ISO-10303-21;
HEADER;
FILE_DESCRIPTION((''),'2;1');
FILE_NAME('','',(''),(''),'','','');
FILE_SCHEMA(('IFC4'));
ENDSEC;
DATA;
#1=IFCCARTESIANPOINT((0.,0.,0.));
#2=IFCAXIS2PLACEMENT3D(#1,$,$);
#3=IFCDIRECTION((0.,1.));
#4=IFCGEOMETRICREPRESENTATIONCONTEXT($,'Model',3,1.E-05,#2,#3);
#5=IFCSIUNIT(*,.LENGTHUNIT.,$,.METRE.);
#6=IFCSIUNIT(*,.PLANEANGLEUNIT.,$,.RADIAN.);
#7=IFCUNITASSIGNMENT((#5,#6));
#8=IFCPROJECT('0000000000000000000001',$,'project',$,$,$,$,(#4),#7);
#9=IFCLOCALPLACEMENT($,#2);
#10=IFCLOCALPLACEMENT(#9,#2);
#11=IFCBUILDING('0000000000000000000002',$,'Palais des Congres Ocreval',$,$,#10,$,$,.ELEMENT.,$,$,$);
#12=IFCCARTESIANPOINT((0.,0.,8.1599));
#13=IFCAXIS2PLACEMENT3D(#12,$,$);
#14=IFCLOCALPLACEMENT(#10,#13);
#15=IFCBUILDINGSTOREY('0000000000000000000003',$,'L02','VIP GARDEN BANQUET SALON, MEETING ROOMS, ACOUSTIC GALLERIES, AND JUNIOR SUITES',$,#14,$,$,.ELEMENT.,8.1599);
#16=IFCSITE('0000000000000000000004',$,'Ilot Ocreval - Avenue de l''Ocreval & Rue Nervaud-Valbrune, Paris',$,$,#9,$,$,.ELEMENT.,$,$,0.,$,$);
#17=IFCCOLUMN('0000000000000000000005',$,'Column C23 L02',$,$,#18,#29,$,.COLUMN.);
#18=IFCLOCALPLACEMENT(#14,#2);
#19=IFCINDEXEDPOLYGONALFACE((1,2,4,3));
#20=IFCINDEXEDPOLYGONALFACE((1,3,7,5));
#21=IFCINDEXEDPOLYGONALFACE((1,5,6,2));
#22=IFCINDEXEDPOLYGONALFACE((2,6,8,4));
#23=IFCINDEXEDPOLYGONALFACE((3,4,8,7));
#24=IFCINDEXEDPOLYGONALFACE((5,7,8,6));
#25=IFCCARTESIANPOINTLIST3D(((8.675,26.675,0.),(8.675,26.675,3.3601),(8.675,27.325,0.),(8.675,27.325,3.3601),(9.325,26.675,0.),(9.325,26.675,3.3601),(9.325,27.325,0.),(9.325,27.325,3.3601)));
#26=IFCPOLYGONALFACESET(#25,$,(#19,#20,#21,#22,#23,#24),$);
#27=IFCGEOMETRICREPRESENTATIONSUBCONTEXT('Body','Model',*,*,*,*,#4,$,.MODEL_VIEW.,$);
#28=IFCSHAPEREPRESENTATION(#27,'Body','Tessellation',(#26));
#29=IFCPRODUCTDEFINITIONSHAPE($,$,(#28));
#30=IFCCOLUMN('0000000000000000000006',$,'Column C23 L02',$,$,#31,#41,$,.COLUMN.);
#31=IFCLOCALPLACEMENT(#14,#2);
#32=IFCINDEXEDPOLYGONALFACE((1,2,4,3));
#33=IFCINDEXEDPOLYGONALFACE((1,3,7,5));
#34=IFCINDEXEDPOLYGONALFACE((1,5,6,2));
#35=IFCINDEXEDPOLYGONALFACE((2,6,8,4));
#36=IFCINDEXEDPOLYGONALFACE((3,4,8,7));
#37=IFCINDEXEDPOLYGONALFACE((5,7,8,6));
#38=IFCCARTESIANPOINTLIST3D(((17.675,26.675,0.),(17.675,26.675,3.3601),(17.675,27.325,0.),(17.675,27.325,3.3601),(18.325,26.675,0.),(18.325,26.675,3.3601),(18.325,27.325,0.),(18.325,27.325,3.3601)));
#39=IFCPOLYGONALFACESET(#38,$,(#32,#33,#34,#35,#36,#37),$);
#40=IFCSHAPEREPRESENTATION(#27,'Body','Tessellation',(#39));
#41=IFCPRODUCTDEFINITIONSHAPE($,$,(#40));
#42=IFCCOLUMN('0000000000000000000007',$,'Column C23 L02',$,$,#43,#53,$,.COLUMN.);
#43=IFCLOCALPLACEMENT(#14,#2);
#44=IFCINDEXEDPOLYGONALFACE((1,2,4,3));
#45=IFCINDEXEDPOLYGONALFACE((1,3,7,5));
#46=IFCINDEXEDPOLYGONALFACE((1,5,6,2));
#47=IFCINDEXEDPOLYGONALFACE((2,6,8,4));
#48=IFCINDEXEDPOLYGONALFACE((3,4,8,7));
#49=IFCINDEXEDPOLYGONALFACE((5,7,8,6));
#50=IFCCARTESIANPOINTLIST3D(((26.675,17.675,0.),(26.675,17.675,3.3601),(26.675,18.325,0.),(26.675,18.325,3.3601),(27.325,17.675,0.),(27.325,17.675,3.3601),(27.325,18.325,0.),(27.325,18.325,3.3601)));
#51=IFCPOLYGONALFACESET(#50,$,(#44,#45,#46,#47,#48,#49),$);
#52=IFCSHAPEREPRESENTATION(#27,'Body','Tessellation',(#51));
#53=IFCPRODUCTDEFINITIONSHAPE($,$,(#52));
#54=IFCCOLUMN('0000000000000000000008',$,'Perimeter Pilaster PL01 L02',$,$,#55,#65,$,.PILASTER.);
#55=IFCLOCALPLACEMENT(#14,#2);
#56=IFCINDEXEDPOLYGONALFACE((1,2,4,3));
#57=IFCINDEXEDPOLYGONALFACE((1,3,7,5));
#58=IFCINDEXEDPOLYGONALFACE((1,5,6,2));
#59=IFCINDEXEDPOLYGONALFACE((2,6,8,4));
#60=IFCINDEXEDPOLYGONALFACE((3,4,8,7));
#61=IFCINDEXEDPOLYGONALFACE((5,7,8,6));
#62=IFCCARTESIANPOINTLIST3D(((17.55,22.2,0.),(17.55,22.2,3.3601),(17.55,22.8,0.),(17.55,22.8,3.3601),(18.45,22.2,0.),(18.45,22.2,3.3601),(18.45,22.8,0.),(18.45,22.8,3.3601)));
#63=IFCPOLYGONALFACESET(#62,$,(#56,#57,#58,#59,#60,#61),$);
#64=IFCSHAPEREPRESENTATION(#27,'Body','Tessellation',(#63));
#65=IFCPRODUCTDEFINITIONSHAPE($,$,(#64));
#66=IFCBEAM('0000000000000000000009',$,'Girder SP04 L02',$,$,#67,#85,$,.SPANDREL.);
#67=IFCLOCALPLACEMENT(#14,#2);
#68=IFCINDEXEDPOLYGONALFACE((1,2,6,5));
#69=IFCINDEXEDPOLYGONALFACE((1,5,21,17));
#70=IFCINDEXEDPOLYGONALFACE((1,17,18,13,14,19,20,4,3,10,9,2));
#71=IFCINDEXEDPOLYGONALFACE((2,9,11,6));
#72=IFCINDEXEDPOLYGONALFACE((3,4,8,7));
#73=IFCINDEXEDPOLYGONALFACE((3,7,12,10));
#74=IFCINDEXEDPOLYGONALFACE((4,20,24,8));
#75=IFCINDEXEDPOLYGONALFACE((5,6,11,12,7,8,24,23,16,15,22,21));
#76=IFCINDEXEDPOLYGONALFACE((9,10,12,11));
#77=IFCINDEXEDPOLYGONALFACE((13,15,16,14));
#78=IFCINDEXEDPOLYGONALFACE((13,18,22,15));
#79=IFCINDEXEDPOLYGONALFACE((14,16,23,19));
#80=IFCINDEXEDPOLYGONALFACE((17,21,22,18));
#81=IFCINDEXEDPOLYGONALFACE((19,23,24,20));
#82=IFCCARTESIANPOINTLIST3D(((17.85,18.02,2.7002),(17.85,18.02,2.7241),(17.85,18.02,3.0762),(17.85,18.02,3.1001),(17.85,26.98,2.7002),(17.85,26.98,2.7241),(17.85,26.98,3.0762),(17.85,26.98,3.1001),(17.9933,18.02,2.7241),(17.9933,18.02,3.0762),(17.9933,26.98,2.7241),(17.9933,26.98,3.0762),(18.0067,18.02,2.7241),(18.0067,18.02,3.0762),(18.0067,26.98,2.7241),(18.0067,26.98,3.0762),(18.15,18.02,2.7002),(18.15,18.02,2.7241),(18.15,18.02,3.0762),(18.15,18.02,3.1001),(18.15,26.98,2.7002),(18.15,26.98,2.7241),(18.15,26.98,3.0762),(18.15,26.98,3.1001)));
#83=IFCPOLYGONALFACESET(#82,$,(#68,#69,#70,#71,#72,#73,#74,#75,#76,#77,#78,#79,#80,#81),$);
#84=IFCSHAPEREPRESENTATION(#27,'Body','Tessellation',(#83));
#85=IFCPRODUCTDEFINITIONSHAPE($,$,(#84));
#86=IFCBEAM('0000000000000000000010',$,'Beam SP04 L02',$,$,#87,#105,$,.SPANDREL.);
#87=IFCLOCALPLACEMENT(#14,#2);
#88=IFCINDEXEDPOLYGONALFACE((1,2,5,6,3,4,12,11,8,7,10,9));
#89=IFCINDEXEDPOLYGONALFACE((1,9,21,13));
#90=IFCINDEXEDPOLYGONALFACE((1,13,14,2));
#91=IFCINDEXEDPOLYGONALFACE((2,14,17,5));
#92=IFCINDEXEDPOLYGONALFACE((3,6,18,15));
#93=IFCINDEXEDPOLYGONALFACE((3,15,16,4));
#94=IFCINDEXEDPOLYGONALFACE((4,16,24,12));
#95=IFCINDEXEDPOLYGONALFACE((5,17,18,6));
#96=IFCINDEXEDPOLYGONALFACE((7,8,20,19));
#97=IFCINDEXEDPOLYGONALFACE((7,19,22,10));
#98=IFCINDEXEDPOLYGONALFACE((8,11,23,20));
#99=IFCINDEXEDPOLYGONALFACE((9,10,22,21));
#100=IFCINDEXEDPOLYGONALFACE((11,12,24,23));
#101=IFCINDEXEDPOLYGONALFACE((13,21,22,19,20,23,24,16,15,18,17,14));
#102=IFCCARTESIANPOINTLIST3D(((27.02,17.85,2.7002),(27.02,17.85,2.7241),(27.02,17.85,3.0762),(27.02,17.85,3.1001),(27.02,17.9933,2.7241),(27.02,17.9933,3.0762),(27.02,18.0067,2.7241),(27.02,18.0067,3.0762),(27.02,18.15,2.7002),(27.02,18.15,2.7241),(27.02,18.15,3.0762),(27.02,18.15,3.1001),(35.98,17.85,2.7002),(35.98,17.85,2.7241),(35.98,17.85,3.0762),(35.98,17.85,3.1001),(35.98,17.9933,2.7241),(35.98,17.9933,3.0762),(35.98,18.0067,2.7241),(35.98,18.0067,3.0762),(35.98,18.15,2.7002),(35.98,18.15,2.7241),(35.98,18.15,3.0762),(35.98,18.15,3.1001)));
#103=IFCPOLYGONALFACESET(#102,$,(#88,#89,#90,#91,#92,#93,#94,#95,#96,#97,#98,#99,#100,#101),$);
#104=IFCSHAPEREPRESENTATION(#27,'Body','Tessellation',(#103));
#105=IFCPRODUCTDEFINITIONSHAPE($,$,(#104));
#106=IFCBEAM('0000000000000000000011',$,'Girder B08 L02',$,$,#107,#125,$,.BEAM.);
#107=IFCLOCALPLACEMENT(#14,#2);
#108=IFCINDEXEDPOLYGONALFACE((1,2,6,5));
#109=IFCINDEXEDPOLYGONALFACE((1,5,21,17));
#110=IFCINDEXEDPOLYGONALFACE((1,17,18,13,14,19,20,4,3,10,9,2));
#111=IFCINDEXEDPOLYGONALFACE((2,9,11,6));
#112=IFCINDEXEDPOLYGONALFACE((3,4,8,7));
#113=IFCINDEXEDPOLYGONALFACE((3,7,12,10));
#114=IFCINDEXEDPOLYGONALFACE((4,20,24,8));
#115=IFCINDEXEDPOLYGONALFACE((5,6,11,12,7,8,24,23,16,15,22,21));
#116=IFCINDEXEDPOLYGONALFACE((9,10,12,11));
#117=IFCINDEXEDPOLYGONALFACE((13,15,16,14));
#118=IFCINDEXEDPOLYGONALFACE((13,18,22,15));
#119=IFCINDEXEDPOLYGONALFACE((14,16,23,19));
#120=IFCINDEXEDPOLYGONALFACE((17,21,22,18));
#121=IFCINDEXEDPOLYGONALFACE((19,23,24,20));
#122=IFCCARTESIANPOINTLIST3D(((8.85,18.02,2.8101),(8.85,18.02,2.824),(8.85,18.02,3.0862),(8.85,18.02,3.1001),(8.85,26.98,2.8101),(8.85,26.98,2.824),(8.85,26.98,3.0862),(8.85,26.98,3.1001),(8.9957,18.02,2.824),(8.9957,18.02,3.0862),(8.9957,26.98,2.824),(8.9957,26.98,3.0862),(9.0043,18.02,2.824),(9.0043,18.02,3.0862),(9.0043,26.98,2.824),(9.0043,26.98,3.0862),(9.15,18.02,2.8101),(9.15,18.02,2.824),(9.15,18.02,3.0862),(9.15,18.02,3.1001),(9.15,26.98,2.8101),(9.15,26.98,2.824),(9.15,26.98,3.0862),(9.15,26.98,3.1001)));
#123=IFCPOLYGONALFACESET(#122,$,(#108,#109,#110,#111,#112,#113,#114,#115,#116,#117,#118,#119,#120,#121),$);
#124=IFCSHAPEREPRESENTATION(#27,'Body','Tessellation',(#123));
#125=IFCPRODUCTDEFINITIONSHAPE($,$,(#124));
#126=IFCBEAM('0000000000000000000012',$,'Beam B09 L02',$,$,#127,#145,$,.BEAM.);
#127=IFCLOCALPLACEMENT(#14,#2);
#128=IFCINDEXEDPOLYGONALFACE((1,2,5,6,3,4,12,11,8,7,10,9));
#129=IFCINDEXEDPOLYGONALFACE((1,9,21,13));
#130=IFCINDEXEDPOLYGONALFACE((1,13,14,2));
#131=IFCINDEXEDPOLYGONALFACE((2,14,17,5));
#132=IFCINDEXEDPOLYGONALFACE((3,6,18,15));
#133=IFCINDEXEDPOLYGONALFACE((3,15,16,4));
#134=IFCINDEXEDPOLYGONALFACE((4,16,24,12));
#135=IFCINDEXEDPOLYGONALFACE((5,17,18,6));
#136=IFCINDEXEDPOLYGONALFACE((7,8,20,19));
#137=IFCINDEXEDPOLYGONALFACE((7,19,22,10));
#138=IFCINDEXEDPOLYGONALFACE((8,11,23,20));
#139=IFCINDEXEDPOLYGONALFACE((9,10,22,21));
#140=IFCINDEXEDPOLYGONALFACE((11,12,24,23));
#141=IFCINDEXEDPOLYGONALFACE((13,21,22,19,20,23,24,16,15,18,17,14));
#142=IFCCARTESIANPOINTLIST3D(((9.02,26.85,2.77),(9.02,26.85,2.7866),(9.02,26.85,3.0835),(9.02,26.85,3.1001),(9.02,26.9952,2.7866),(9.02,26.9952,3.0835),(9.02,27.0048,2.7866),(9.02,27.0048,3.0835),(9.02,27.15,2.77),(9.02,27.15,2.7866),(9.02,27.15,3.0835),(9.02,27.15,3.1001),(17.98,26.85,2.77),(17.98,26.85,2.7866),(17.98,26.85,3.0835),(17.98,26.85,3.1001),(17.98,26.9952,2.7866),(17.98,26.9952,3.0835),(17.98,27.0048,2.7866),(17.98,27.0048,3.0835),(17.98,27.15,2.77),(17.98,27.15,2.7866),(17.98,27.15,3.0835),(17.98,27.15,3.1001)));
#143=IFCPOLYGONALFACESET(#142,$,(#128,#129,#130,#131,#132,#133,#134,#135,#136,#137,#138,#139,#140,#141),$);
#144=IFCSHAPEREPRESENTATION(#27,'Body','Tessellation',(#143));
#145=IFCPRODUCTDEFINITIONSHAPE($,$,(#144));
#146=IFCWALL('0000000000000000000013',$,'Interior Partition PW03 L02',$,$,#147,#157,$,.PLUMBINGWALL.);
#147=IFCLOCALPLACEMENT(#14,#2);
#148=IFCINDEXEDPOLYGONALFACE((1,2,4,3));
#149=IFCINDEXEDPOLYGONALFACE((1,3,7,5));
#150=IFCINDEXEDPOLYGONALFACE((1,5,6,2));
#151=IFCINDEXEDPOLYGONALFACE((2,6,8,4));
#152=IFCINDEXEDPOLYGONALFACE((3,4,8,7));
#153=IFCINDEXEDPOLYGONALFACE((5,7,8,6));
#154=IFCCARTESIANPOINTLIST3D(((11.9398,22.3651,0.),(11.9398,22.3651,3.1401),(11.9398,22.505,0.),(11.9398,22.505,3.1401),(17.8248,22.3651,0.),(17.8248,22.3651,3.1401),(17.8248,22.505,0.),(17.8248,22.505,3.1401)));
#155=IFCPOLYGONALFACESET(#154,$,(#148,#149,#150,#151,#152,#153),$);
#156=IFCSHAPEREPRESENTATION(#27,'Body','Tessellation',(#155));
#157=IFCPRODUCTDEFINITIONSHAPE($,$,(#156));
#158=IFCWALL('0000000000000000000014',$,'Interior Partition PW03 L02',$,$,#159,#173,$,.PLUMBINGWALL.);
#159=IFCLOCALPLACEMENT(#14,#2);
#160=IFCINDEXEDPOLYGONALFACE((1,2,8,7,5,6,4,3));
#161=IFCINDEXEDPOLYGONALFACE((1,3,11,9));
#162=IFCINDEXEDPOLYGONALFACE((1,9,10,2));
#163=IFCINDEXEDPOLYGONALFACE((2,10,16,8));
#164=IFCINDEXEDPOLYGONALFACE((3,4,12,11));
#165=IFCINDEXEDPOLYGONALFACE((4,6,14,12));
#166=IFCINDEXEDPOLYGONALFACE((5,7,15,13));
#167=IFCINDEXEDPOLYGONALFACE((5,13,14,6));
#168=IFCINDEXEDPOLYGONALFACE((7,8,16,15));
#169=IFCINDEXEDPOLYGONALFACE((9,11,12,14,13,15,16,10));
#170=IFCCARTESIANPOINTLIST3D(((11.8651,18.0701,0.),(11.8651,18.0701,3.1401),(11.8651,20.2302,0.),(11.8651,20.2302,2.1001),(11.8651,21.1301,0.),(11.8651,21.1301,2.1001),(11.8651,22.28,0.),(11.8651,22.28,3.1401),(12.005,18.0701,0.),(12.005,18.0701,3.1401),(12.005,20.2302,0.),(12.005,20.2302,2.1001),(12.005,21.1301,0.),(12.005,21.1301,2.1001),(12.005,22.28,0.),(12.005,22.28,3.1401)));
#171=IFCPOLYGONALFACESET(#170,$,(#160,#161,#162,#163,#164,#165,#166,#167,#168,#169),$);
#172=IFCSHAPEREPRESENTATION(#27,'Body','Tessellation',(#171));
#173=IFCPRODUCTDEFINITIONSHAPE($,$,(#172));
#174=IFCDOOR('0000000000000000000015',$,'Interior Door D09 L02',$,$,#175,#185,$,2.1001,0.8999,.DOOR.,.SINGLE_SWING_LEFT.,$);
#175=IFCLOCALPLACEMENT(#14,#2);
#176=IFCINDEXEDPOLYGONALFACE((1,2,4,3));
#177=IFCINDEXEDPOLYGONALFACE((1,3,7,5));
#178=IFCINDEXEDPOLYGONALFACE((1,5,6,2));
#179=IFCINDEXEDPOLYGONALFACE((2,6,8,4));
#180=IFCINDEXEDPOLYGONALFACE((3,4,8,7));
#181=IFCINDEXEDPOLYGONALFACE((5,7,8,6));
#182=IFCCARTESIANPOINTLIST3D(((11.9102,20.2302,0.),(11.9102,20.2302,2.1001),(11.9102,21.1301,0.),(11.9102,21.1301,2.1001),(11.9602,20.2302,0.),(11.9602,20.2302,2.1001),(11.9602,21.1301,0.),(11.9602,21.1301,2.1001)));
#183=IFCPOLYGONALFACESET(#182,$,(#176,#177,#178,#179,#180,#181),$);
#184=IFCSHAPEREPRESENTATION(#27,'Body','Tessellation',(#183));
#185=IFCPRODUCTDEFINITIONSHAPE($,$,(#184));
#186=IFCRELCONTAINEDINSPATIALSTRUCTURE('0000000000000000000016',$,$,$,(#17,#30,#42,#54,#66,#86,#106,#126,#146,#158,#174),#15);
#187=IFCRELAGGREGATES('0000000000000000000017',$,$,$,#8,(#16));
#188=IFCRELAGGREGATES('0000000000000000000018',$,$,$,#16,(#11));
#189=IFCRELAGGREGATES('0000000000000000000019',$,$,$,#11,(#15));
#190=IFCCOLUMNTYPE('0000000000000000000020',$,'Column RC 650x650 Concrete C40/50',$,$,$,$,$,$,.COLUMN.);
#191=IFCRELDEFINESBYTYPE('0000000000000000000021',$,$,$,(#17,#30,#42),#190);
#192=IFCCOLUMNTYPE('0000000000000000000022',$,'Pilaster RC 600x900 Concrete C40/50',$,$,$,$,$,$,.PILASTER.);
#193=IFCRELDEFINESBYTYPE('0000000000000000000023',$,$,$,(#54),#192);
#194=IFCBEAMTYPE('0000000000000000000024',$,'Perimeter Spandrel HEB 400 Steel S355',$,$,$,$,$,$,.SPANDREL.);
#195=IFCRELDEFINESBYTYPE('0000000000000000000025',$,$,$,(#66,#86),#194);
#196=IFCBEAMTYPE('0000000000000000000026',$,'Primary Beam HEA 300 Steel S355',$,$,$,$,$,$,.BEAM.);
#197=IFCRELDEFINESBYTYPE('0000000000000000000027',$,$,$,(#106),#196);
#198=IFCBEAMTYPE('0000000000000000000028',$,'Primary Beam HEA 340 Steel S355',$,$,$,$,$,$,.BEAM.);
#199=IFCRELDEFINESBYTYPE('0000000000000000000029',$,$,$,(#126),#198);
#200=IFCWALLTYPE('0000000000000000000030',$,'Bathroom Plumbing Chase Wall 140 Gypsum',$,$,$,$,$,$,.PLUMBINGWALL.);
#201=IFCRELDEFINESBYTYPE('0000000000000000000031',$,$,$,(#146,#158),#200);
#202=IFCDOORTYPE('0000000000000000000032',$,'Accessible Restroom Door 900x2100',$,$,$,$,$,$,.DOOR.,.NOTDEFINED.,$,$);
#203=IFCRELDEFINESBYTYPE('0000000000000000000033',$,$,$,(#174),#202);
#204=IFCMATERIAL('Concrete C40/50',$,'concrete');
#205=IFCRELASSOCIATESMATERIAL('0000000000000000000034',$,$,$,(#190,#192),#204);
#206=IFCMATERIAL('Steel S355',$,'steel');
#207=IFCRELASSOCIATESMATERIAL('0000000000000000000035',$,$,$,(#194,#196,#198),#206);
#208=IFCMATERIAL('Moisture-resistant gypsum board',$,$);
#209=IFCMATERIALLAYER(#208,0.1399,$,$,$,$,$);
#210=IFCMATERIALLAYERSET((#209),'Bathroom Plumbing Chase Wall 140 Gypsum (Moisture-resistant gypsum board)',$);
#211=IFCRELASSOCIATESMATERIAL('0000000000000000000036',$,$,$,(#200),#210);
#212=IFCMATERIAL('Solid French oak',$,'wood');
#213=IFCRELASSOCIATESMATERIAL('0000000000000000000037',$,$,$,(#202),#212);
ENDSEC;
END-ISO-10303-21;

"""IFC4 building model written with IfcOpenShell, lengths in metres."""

from ifc_helpers import new_model, si_unit, direction, frame, frame_2d, origin, origin_2d, place, context, subcontext, project, spatial, rectangle, i_section, extrude, material, layer, layer_set, material_profile, profile_set, type_object, element, fill, save


model = new_model("IFC4")

# Units and contexts
model_context = context("Model", 3, precision=1e-05, world=origin(), true_north=direction((0.0, 1.0)))
body_context = subcontext(model_context, "Body", "Model", "MODEL_VIEW")
ifc_project = project(units=[si_unit("LENGTHUNIT", "METRE"), si_unit("PLANEANGLEUNIT", "RADIAN")], contexts=[model_context])

# Site, building, storey
site_placement = place(None, origin())
site = spatial("IfcSite", under=ifc_project, at=site_placement, Name="Ilot Ocreval - Avenue de l'Ocreval & Rue Nervaud-Valbrune, Paris", CompositionType="ELEMENT", RefElevation=0.0)
building_placement = place(site_placement, origin())
building = spatial("IfcBuilding", under=site, at=building_placement, Name="Palais des Congres Ocreval", CompositionType="ELEMENT")
storey_placement = place(building_placement, frame((0.0, 0.0, 8.1599)))
storey = spatial("IfcBuildingStorey", under=building, at=storey_placement, Name="L02", Description="VIP GARDEN BANQUET SALON, MEETING ROOMS, ACOUSTIC GALLERIES, AND JUNIOR SUITES", CompositionType="ELEMENT", Elevation=8.1599)

# Columns
ifc_material_1 = material(Name="Concrete C40/50", Category="concrete")
ifc_material_profile_1 = material_profile(ifc_material_1, rectangle(XDim=0.6499, YDim=0.6499, at=origin_2d()), Name="RC 650x650")
ifc_profile_set_1 = profile_set([ifc_material_profile_1], Name="Concrete C40/50")
column_type_1 = type_object("IfcColumnType", Name="Column RC 650x650 Concrete C40/50", PredefinedType="COLUMN", material=ifc_profile_set_1)
for number, where, z_axis, x_axis, name in (
    (1, (9.0, 27.0, 0.0), (0.0, 0.0, 1.0), (1.0, 0.0, 0.0), "Column C23 L02"),
    (2, (18.0, 27.0, 0.0), (0.0, 0.0, 1.0), (1.0, 0.0, 0.0), "Column C23 L02"),
    (3, (27.0, 18.0, 0.0), (0.0, 0.0, 1.0), (1.0, 0.0, 0.0), "Column C23 L02"),
):
    element("IfcColumn", number, at=place(storey_placement, frame(where, z_axis=z_axis, x_axis=x_axis)), inside=storey, type_object=column_type_1, Name=name, PredefinedType="COLUMN", context=body_context, shape_type="SweptSolid", body=[
        extrude(rectangle(XDim=0.6499, YDim=0.6499, at=origin_2d()), origin(), (0.0, 0.0, 1.0), 3.3601),
    ])
ifc_material_profile_2 = material_profile(ifc_material_1, rectangle(XDim=0.6001, YDim=0.8999, at=origin_2d()), Name="RC 600x900")
ifc_profile_set_2 = profile_set([ifc_material_profile_2], Name="Concrete C40/50")
column_type_2 = type_object("IfcColumnType", Name="Pilaster RC 600x900 Concrete C40/50", PredefinedType="PILASTER", material=ifc_profile_set_2)
column_placement = place(storey_placement, frame((18.0, 22.5, 0.0), z_axis=(0.0, 0.0, 1.0), x_axis=(0.0, 1.0, 0.0)))
element("IfcColumn", 4, at=column_placement, inside=storey, type_object=column_type_2, Name="Perimeter Pilaster PL01 L02", PredefinedType="PILASTER", context=body_context, shape_type="SweptSolid", body=[
    extrude(rectangle(XDim=0.6001, YDim=0.8999, at=origin_2d()), origin(), (0.0, 0.0, 1.0), 3.3601),
])

# Beams
ifc_material_2 = material(Name="Steel S355", Category="steel")
ifc_material_profile_3 = material_profile(ifc_material_2, i_section(OverallWidth=0.3, OverallDepth=0.3999, WebThickness=0.0134, FlangeThickness=0.0239, at=origin_2d()), Name="HEB 400")
ifc_profile_set_3 = profile_set([ifc_material_profile_3], Name="Steel S355")
beam_type_1 = type_object("IfcBeamType", Name="Perimeter Spandrel HEB 400 Steel S355", PredefinedType="SPANDREL", material=ifc_profile_set_3)
for number, where, z_axis, x_axis, name in (
    (5, (18.0, 18.02, 2.9001), (0.0, 1.0, 0.0), (-1.0, 0.0, 0.0), "Girder SP04 L02"),
    (6, (27.02, 18.0, 2.9001), (1.0, 0.0, 0.0), (0.0, 1.0, 0.0), "Beam SP04 L02"),
):
    element("IfcBeam", number, at=place(storey_placement, frame(where, z_axis=z_axis, x_axis=x_axis)), inside=storey, type_object=beam_type_1, Name=name, PredefinedType="SPANDREL", context=body_context, shape_type="SweptSolid", body=[
        extrude(i_section(OverallWidth=0.3, OverallDepth=0.3999, WebThickness=0.0134, FlangeThickness=0.0239, at=origin_2d()), origin(), (0.0, 0.0, 1.0), 8.96),
    ])
ifc_material_profile_4 = material_profile(ifc_material_2, i_section(OverallWidth=0.3, OverallDepth=0.29, WebThickness=0.0085, FlangeThickness=0.0139, at=origin_2d()), Name="HEA 300")
ifc_profile_set_4 = profile_set([ifc_material_profile_4], Name="Steel S355")
beam_type_2 = type_object("IfcBeamType", Name="Primary Beam HEA 300 Steel S355", PredefinedType="BEAM", material=ifc_profile_set_4)
beam_1_placement = place(storey_placement, frame((9.0, 18.02, 2.9551), z_axis=(0.0, 1.0, 0.0), x_axis=(-1.0, 0.0, 0.0)))
element("IfcBeam", 7, at=beam_1_placement, inside=storey, type_object=beam_type_2, Name="Girder B08 L02", PredefinedType="BEAM", context=body_context, shape_type="SweptSolid", body=[
    extrude(i_section(OverallWidth=0.3, OverallDepth=0.29, WebThickness=0.0085, FlangeThickness=0.0139, at=origin_2d()), origin(), (0.0, 0.0, 1.0), 8.96),
])
ifc_material_profile_5 = material_profile(ifc_material_2, i_section(OverallWidth=0.3, OverallDepth=0.3301, WebThickness=0.0095, FlangeThickness=0.0166, at=origin_2d()), Name="HEA 340")
ifc_profile_set_5 = profile_set([ifc_material_profile_5], Name="Steel S355")
beam_type_3 = type_object("IfcBeamType", Name="Primary Beam HEA 340 Steel S355", PredefinedType="BEAM", material=ifc_profile_set_5)
beam_2_placement = place(storey_placement, frame((9.02, 27.0, 2.9351), z_axis=(1.0, 0.0, 0.0), x_axis=(0.0, 1.0, 0.0)))
element("IfcBeam", 8, at=beam_2_placement, inside=storey, type_object=beam_type_3, Name="Beam B09 L02", PredefinedType="BEAM", context=body_context, shape_type="SweptSolid", body=[
    extrude(i_section(OverallWidth=0.3, OverallDepth=0.3301, WebThickness=0.0095, FlangeThickness=0.0166, at=origin_2d()), origin(), (0.0, 0.0, 1.0), 8.96),
])

# Wall
ifc_material_3 = material(Name="Moisture-resistant gypsum board")
ifc_layer_1 = layer(ifc_material_3, 0.1399)
ifc_layer_set_1 = layer_set([ifc_layer_1], Name="Bathroom Plumbing Chase Wall 140 Gypsum (Moisture-resistant gypsum board)")
wall_type_1 = type_object("IfcWallType", Name="Bathroom Plumbing Chase Wall 140 Gypsum", PredefinedType="PLUMBINGWALL", material=ifc_layer_set_1)
wall_1_placement = place(storey_placement, frame((11.9399, 22.4351, 0.0), z_axis=(0.0, 0.0, 1.0), x_axis=(1.0, 0.0, 0.0)))
element("IfcWall", 9, at=wall_1_placement, inside=storey, type_object=wall_type_1, Name="Interior Partition PW03 L02", PredefinedType="PLUMBINGWALL", context=body_context, shape_type="SweptSolid", body=[
    extrude(rectangle(XDim=5.885, YDim=0.1399, at=frame_2d((2.9424, 0.0))), origin(), (0.0, 0.0, 1.0), 3.1401),
])

# Wall, opening, door
wall_2_placement = place(storey_placement, frame((11.9351, 18.0701, 0.0), z_axis=(0.0, 0.0, 1.0), x_axis=(0.0, 1.0, 0.0)))
wall_2 = element("IfcWall", 10, at=wall_2_placement, inside=storey, type_object=wall_type_1, Name="Interior Partition PW03 L02", PredefinedType="PLUMBINGWALL", context=body_context, shape_type="SweptSolid", body=[
    extrude(rectangle(XDim=4.21, YDim=0.1399, at=frame_2d((2.105, 0.0))), origin(), (0.0, 0.0, 1.0), 3.1401),
])
opening_1_placement = place(wall_2_placement, frame((2.1602, 0.0, 0.0)))
opening_1 = element("IfcOpeningElement", 11, at=opening_1_placement, cuts=wall_2, PredefinedType="OPENING", context=body_context, shape_type="SweptSolid", body=[
    extrude(rectangle(XDim=0.8999, YDim=2.1001, at=frame_2d((0.45, 1.05))), frame((0.0, 0.0798, 0.0), z_axis=(0.0, -1.0, 0.0), x_axis=(1.0, 0.0, 0.0)), (0.0, 0.0, 1.0), 0.1599),
])
ifc_material_4 = material(Name="Solid French oak", Category="wood")
door_type_1 = type_object("IfcDoorType", Name="Accessible Restroom Door 900x2100", OperationType="NOTDEFINED", PredefinedType="DOOR", material=ifc_material_4)
door_1_placement = place(opening_1_placement, origin())
door_1 = element("IfcDoor", 12, at=door_1_placement, inside=storey, type_object=door_type_1, Name="Interior Door D09 L02", OperationType="SINGLE_SWING_LEFT", OverallHeight=2.1001, OverallWidth=0.8999, PredefinedType="DOOR", context=body_context, shape_type="SweptSolid", body=[
    extrude(rectangle(XDim=0.8999, YDim=2.1001, at=frame_2d((0.45, 1.05))), frame((0.0, 0.0249, 0.0), z_axis=(0.0, -1.0, 0.0), x_axis=(1.0, 0.0, 0.0)), (0.0, 0.0, 1.0), 0.05),
])
fill(opening_1, door_1)

save(model, "model.ifc")
